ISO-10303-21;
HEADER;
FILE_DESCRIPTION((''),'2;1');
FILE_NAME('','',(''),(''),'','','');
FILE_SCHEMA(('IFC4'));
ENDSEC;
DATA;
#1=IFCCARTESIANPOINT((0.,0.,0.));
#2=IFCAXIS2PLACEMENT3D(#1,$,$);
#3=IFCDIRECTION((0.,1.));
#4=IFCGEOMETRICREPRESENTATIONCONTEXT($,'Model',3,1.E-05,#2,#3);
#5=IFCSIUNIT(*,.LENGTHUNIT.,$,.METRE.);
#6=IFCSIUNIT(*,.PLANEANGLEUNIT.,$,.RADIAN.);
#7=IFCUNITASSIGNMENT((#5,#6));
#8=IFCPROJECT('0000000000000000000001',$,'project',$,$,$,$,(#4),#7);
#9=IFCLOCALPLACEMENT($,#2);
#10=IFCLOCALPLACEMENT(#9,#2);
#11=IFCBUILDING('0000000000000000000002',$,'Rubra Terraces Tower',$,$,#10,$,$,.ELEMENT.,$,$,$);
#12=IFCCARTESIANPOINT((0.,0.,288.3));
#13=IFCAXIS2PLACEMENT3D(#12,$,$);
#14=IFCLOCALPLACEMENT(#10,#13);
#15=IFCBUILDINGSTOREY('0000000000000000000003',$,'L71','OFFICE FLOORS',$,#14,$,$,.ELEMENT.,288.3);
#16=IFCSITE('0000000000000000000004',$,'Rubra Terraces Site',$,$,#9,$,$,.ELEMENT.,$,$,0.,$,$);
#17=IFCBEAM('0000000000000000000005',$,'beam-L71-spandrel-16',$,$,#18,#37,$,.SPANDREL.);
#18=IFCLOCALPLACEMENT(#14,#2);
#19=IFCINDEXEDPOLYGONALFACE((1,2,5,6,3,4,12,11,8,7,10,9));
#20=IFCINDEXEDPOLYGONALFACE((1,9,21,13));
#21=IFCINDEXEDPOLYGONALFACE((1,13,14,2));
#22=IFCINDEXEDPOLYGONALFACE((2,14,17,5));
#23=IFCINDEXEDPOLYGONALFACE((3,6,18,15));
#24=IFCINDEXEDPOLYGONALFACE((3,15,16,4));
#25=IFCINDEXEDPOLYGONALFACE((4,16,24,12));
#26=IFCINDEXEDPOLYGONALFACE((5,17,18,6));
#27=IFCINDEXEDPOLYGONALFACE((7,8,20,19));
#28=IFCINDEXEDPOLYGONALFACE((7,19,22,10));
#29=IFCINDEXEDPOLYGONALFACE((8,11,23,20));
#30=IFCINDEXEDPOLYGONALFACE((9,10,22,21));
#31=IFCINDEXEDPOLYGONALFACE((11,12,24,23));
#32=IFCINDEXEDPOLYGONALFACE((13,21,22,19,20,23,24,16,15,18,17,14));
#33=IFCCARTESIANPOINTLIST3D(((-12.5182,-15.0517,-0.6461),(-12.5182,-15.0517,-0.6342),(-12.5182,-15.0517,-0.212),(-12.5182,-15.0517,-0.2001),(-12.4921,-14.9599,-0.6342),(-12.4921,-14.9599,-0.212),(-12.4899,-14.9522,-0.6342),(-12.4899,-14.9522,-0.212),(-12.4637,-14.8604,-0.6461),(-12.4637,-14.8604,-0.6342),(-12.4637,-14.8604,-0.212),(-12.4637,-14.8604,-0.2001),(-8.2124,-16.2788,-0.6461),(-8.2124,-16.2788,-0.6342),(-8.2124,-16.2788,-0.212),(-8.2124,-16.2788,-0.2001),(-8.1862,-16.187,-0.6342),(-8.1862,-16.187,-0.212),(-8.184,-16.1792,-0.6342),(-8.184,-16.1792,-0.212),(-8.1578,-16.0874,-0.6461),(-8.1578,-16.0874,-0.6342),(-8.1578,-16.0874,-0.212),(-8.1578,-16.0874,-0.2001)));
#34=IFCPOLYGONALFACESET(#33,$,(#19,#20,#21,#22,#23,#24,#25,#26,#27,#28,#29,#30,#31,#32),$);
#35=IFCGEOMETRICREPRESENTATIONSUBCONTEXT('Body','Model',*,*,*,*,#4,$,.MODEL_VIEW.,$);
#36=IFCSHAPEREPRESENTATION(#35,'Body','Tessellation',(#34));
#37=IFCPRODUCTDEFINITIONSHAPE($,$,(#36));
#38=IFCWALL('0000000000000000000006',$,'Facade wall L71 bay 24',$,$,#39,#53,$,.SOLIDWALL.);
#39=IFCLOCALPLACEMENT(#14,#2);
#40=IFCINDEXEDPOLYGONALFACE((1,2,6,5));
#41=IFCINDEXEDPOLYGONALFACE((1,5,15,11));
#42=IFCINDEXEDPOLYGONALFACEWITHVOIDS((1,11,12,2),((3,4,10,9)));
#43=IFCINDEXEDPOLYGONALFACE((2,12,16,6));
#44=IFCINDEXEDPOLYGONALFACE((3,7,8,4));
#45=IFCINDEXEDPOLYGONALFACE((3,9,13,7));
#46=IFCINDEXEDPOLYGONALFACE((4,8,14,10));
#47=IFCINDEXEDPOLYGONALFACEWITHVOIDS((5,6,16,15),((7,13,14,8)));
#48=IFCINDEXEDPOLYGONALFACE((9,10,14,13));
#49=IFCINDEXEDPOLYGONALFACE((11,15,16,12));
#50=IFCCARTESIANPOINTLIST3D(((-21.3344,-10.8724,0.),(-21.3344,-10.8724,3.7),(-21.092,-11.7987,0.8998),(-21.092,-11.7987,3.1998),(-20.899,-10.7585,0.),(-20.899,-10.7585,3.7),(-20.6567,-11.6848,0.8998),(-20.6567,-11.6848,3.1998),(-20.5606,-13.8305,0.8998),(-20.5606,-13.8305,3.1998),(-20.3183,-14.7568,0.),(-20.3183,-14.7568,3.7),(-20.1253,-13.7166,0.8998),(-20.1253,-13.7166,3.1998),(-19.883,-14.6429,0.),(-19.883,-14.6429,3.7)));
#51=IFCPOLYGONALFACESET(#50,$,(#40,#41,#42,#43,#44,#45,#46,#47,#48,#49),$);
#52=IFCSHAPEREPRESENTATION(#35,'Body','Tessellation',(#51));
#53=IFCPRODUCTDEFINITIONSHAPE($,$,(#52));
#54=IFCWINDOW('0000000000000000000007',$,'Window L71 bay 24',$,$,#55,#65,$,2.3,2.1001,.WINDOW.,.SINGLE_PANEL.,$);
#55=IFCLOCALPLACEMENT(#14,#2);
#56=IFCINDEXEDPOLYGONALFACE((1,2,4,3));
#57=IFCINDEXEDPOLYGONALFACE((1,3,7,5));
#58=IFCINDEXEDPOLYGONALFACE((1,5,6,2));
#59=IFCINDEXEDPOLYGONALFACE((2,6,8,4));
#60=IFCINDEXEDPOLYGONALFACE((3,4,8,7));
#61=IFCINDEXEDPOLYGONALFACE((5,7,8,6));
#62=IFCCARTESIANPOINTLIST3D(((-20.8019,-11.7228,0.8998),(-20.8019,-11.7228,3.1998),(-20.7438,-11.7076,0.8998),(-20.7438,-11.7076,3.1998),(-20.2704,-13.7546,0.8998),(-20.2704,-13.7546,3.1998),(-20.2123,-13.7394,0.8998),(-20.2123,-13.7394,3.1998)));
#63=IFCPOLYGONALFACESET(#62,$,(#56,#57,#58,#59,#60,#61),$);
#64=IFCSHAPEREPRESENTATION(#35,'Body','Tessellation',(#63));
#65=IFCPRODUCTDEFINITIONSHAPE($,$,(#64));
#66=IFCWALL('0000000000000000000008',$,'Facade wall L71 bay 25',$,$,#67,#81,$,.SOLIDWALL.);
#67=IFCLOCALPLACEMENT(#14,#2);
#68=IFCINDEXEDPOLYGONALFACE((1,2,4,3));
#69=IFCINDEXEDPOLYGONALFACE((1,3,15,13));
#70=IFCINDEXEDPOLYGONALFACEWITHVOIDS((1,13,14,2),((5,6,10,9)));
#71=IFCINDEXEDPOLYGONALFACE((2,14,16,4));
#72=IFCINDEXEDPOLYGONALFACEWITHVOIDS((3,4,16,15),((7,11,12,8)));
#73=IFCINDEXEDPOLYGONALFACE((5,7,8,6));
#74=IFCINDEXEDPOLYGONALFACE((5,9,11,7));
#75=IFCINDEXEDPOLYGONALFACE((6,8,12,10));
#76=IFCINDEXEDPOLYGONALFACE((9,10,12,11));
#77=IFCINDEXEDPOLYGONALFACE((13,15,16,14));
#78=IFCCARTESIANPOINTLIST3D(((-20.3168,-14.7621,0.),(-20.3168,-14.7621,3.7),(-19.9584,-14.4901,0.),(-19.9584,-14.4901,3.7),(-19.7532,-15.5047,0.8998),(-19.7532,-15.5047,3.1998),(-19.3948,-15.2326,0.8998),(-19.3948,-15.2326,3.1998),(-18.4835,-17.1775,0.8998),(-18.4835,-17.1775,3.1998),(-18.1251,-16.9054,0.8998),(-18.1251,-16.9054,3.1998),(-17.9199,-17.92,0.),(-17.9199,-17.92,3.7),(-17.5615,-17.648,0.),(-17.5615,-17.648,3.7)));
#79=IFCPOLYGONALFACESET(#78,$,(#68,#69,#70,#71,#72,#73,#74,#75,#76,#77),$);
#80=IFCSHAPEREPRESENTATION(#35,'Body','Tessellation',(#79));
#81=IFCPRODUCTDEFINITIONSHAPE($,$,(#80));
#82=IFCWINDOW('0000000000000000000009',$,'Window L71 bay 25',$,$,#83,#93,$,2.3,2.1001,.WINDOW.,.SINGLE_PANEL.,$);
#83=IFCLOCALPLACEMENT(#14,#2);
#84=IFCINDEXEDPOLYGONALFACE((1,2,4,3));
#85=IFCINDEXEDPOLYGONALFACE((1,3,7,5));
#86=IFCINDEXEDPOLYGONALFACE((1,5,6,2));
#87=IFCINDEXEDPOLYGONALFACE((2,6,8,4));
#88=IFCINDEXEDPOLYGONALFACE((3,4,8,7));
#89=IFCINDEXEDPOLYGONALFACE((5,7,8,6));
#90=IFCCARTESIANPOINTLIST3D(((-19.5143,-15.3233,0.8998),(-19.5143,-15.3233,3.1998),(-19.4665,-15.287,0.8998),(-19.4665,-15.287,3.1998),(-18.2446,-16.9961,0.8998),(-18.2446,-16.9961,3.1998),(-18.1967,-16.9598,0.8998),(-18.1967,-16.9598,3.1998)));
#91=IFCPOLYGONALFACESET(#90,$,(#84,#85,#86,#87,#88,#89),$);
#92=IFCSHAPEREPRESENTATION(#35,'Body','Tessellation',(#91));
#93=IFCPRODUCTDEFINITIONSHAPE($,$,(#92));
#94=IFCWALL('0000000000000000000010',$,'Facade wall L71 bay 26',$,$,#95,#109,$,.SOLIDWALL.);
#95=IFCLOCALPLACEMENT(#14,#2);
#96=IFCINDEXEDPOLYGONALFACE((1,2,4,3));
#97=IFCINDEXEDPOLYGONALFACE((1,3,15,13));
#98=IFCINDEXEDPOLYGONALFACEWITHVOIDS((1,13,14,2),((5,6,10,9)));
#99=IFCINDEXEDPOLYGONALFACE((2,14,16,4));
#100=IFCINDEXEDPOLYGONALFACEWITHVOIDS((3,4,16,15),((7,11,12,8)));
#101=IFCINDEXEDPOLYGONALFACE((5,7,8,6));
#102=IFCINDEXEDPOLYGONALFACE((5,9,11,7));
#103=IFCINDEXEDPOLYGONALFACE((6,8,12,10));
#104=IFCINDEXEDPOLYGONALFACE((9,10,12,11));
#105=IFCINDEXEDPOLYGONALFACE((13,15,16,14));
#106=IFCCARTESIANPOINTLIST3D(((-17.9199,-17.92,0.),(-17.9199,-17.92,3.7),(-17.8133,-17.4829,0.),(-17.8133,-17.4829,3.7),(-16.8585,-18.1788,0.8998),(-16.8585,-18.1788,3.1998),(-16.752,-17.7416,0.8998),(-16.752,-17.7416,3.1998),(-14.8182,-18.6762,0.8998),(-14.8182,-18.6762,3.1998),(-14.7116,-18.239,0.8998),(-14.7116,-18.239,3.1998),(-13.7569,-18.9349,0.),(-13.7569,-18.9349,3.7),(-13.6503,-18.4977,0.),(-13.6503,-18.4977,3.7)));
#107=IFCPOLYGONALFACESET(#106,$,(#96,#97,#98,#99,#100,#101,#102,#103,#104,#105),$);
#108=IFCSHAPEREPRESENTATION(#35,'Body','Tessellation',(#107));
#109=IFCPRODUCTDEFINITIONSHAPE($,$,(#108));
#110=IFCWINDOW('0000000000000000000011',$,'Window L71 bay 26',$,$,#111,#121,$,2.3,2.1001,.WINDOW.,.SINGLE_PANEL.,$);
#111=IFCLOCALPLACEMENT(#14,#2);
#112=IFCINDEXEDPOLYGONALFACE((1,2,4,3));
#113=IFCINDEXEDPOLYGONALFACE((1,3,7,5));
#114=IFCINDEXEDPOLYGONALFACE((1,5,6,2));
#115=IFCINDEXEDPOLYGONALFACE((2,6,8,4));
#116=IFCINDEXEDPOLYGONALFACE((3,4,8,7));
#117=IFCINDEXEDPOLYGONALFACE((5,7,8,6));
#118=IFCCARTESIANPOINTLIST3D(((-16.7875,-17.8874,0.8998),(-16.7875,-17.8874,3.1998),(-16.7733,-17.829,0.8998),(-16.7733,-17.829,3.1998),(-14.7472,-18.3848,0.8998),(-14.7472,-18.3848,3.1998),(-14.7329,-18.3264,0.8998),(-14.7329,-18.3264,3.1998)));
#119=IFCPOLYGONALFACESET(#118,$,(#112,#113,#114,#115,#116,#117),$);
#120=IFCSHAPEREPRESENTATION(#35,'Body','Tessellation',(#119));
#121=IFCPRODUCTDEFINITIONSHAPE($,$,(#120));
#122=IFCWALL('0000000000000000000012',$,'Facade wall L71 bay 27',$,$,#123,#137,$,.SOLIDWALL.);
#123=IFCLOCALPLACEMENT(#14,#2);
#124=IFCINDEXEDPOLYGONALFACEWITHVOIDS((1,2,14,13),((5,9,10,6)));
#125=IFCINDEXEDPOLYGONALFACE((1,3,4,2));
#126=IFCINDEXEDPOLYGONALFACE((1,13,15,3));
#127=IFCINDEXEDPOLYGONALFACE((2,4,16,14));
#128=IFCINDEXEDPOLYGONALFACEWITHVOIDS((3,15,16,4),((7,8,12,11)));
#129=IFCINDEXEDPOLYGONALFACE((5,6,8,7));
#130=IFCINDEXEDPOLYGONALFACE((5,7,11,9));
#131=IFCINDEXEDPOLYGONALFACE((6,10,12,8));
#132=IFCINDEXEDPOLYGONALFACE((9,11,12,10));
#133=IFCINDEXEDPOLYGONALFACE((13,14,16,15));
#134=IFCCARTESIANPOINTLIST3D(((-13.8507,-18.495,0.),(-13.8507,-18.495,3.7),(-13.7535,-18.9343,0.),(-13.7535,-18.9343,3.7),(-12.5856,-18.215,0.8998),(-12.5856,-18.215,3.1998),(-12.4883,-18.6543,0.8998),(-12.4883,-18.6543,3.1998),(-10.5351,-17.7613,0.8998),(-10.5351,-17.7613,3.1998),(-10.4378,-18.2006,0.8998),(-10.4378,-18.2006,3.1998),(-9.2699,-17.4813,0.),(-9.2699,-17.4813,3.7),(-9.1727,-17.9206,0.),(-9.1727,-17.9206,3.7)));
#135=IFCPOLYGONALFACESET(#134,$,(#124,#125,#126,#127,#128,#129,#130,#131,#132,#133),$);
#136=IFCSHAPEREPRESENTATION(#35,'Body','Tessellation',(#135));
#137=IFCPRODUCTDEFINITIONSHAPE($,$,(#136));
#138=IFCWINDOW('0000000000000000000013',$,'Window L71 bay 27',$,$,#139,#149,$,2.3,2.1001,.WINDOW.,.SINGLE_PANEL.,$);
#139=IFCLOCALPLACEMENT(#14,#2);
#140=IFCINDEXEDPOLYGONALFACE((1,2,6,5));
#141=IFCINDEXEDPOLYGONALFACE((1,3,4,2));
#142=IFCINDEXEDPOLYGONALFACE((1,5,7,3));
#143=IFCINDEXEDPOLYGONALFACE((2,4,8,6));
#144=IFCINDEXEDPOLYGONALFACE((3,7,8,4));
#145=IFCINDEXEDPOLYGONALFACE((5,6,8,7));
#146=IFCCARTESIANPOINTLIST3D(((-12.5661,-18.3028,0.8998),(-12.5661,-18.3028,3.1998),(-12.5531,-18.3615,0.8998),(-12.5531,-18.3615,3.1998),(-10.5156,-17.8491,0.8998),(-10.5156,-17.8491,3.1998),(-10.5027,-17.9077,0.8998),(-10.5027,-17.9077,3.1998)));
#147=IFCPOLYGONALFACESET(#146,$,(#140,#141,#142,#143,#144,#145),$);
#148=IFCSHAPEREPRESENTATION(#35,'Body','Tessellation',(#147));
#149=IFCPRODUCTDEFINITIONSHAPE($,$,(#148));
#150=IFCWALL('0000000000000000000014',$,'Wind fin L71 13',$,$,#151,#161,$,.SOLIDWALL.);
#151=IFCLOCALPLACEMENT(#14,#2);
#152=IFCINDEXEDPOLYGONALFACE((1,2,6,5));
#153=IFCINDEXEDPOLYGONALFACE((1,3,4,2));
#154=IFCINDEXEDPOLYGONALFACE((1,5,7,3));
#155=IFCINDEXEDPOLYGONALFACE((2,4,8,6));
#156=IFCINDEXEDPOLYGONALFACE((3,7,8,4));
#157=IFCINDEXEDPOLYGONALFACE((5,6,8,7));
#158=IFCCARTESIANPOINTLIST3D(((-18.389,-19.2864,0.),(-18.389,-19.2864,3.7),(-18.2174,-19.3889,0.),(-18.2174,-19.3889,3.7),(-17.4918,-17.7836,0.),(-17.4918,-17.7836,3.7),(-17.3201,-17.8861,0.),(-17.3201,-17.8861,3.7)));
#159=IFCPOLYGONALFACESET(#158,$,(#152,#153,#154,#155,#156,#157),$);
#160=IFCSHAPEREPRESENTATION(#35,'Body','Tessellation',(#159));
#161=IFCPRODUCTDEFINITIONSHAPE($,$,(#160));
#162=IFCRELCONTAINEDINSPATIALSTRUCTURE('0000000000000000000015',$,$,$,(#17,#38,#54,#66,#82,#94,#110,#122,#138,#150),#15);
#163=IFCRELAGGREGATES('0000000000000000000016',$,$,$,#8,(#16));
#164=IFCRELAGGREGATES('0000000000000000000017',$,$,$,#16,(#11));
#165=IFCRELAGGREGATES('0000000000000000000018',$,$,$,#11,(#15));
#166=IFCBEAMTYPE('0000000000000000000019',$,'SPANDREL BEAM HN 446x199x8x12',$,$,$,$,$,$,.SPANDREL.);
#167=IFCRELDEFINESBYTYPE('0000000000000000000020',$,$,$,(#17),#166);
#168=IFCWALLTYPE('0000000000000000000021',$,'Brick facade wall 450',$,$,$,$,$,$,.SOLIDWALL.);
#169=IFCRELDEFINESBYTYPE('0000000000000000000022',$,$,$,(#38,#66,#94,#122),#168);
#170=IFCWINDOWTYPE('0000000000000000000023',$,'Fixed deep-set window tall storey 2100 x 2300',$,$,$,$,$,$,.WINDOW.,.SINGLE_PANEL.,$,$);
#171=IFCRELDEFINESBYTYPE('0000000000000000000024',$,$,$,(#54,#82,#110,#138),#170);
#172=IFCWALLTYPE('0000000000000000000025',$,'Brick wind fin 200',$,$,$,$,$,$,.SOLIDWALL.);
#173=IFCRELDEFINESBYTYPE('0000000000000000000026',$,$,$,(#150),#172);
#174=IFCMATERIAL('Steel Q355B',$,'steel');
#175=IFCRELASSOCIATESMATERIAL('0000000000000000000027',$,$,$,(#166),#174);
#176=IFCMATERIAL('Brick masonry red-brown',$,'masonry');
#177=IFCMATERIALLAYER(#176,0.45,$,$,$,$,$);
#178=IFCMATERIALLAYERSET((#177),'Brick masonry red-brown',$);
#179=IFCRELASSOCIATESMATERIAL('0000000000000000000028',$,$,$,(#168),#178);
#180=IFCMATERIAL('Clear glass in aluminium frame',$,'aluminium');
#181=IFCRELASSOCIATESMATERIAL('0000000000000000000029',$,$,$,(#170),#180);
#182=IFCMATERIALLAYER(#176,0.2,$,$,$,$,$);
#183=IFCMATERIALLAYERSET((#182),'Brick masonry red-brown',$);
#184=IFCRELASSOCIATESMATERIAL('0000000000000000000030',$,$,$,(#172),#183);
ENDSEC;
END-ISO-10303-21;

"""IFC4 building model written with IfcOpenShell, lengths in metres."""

from ifc_helpers import new_model, si_unit, direction, frame, frame_2d, origin, origin_2d, place, context, subcontext, project, spatial, rectangle, i_section, extrude, material, layer, layer_set, material_profile, profile_set, type_object, element, fill, save


model = new_model("IFC4")

# Units and contexts
model_context = context("Model", 3, precision=1e-05, world=origin(), true_north=direction((0.0, 1.0)))
body_context = subcontext(model_context, "Body", "Model", "MODEL_VIEW")
ifc_project = project(units=[si_unit("LENGTHUNIT", "METRE"), si_unit("PLANEANGLEUNIT", "RADIAN")], contexts=[model_context])

# Site, building, storey
site_placement = place(None, origin())
site = spatial("IfcSite", under=ifc_project, at=site_placement, Name="Rubra Terraces Site", CompositionType="ELEMENT", RefElevation=0.0)
building_placement = place(site_placement, origin())
building = spatial("IfcBuilding", under=site, at=building_placement, Name="Rubra Terraces Tower", CompositionType="ELEMENT")
storey_placement = place(building_placement, frame((0.0, 0.0, 288.3)))
storey = spatial("IfcBuildingStorey", under=building, at=storey_placement, Name="L71", Description="OFFICE FLOORS", CompositionType="ELEMENT", Elevation=288.3)

# Beam
ifc_material_1 = material(Name="Steel Q355B", Category="steel")
ifc_material_profile_1 = material_profile(ifc_material_1, i_section(OverallWidth=0.199, OverallDepth=0.446, WebThickness=0.0081, FlangeThickness=0.012, at=origin_2d()), Name="HN 446x199x8x12")
ifc_profile_set_1 = profile_set([ifc_material_profile_1], Name="Steel Q355B")
beam_type_1 = type_object("IfcBeamType", Name="SPANDREL BEAM HN 446x199x8x12", PredefinedType="SPANDREL", material=ifc_profile_set_1)
beam_1_placement = place(storey_placement, frame((-12.491, -14.9561, -0.4231), z_axis=(0.961713, -0.274058, 0.0), x_axis=(0.274058, 0.961713, 0.0)))
element("IfcBeam", 1, at=beam_1_placement, inside=storey, type_object=beam_type_1, Name="beam-L71-spandrel-16", PredefinedType="SPANDREL", context=body_context, shape_type="SweptSolid", body=[
    extrude(i_section(OverallWidth=0.199, OverallDepth=0.446, WebThickness=0.0081, FlangeThickness=0.012, at=origin_2d()), origin(), (0.0, 0.0, 1.0), 4.4773),
])

# Walls, openings, windows
ifc_material_2 = material(Name="Brick masonry red-brown", Category="masonry")
ifc_layer_1 = layer(ifc_material_2, 0.45)
ifc_layer_set_1 = layer_set([ifc_layer_1], Name="Brick masonry red-brown")
wall_type_1 = type_object("IfcWallType", Name="Brick facade wall 450", PredefinedType="SOLIDWALL", material=ifc_layer_set_1)
wall_1_placement = place(storey_placement, frame((-21.1167, -10.8154, 0.0), z_axis=(0.0, 0.0, 1.0), x_axis=(0.253065, -0.967449, 0.0)))
wall_1 = element("IfcWall", 2, at=wall_1_placement, inside=storey, type_object=wall_type_1, Name="Facade wall L71 bay 24", PredefinedType="SOLIDWALL", context=body_context, shape_type="SweptSolid", body=[
    extrude(rectangle(XDim=4.0151, YDim=0.45, at=frame_2d((2.0076, 0.0))), origin(), (0.0, 0.0, 1.0), 3.7),
])
opening_1_placement = place(wall_1_placement, frame((0.9575, 0.0, 0.8999)))
opening_1 = element("IfcOpeningElement", 3, at=opening_1_placement, cuts=wall_1, PredefinedType="OPENING", context=body_context, shape_type="SweptSolid", body=[
    extrude(rectangle(XDim=2.1001, YDim=2.3, at=frame_2d((1.05, 1.1499))), frame((0.0, 0.2349, 0.0), z_axis=(0.0, -1.0, 0.0), x_axis=(1.0, 0.0, 0.0)), (0.0, 0.0, 1.0), 0.47),
])
ifc_material_3 = material(Name="Clear glass in aluminium frame", Category="aluminium")
window_type = type_object("IfcWindowType", Name="Fixed deep-set window tall storey 2100 x 2300", PartitioningType="SINGLE_PANEL", PredefinedType="WINDOW", material=ifc_material_3)
window_1_placement = place(opening_1_placement, origin())
window_1 = element("IfcWindow", 4, at=window_1_placement, inside=storey, type_object=window_type, Name="Window L71 bay 24", OverallHeight=2.3, OverallWidth=2.1001, PartitioningType="SINGLE_PANEL", PredefinedType="WINDOW", context=body_context, shape_type="SweptSolid", body=[
    extrude(rectangle(XDim=2.1001, YDim=2.3, at=frame_2d((1.05, 1.1499))), frame((0.0, 0.135, 0.0), z_axis=(0.0, -1.0, 0.0), x_axis=(1.0, 0.0, 0.0)), (0.0, 0.0, 1.0), 0.0601),
])
fill(opening_1, window_1)
wall_2_placement = place(storey_placement, frame((-20.1377, -14.626, 0.0), z_axis=(0.0, 0.0, 1.0), x_axis=(0.604591, -0.796536, 0.0)))
wall_2 = element("IfcWall", 5, at=wall_2_placement, inside=storey, type_object=wall_type_1, Name="Facade wall L71 bay 25", PredefinedType="SOLIDWALL", context=body_context, shape_type="SweptSolid", body=[
    extrude(rectangle(XDim=3.9646, YDim=0.45, at=frame_2d((1.9824, 0.0))), origin(), (0.0, 0.0, 1.0), 3.7),
])
opening_2_placement = place(wall_2_placement, frame((0.9324, 0.0, 0.8999)))
opening_2 = element("IfcOpeningElement", 6, at=opening_2_placement, cuts=wall_2, PredefinedType="OPENING", context=body_context, shape_type="SweptSolid", body=[
    extrude(rectangle(XDim=2.1001, YDim=2.3, at=frame_2d((1.05, 1.1499))), frame((0.0, 0.2349, 0.0), z_axis=(0.0, -1.0, 0.0), x_axis=(1.0, 0.0, 0.0)), (0.0, 0.0, 1.0), 0.47),
])
window_2_placement = place(opening_2_placement, origin())
window_2 = element("IfcWindow", 7, at=window_2_placement, inside=storey, type_object=window_type, Name="Window L71 bay 25", OverallHeight=2.3, OverallWidth=2.1001, PartitioningType="SINGLE_PANEL", PredefinedType="WINDOW", context=body_context, shape_type="SweptSolid", body=[
    extrude(rectangle(XDim=2.1001, YDim=2.3, at=frame_2d((1.05, 1.1499))), frame((0.0, 0.135, 0.0), z_axis=(0.0, -1.0, 0.0), x_axis=(1.0, 0.0, 0.0)), (0.0, 0.0, 1.0), 0.0601),
])
fill(opening_2, window_2)
wall_3_placement = place(storey_placement, frame((-17.8667, -17.7014, 0.0), z_axis=(0.0, 0.0, 1.0), x_axis=(0.971547, -0.236847, 0.0)))
wall_3 = element("IfcWall", 8, at=wall_3_placement, inside=storey, type_object=wall_type_1, Name="Facade wall L71 bay 26", PredefinedType="SOLIDWALL", context=body_context, shape_type="SweptSolid", body=[
    extrude(rectangle(XDim=4.2849, YDim=0.45, at=frame_2d((2.1426, 0.0))), origin(), (0.0, 0.0, 1.0), 3.7),
])
opening_3_placement = place(wall_3_placement, frame((1.0925, 0.0, 0.8999)))
opening_3 = element("IfcOpeningElement", 9, at=opening_3_placement, cuts=wall_3, PredefinedType="OPENING", context=body_context, shape_type="SweptSolid", body=[
    extrude(rectangle(XDim=2.1001, YDim=2.3, at=frame_2d((1.05, 1.1499))), frame((0.0, 0.2349, 0.0), z_axis=(0.0, -1.0, 0.0), x_axis=(1.0, 0.0, 0.0)), (0.0, 0.0, 1.0), 0.47),
])
window_3_placement = place(opening_3_placement, origin())
window_3 = element("IfcWindow", 10, at=window_3_placement, inside=storey, type_object=window_type, Name="Window L71 bay 26", OverallHeight=2.3, OverallWidth=2.1001, PartitioningType="SINGLE_PANEL", PredefinedType="WINDOW", context=body_context, shape_type="SweptSolid", body=[
    extrude(rectangle(XDim=2.1001, YDim=2.3, at=frame_2d((1.05, 1.1499))), frame((0.0, 0.135, 0.0), z_axis=(0.0, -1.0, 0.0), x_axis=(1.0, 0.0, 0.0)), (0.0, 0.0, 1.0), 0.0601),
])
fill(opening_3, window_3)
wall_4_placement = place(storey_placement, frame((-13.802, -18.7146, 0.0), z_axis=(0.0, 0.0, 1.0), x_axis=(0.97638, 0.21606, 0.0)))
wall_4 = element("IfcWall", 11, at=wall_4_placement, inside=storey, type_object=wall_type_1, Name="Facade wall L71 bay 27", PredefinedType="SOLIDWALL", context=body_context, shape_type="SweptSolid", body=[
    extrude(rectangle(XDim=4.6917, YDim=0.45, at=frame_2d((2.3457, 0.0))), origin(), (0.0, 0.0, 1.0), 3.7),
])
opening_4_placement = place(wall_4_placement, frame((1.2957, 0.0, 0.8999)))
opening_4 = element("IfcOpeningElement", 12, at=opening_4_placement, cuts=wall_4, PredefinedType="OPENING", context=body_context, shape_type="SweptSolid", body=[
    extrude(rectangle(XDim=2.1001, YDim=2.3, at=frame_2d((1.05, 1.1499))), frame((0.0, 0.2349, 0.0), z_axis=(0.0, -1.0, 0.0), x_axis=(1.0, 0.0, 0.0)), (0.0, 0.0, 1.0), 0.47),
])
window_4_placement = place(opening_4_placement, origin())
window_4 = element("IfcWindow", 13, at=window_4_placement, inside=storey, type_object=window_type, Name="Window L71 bay 27", OverallHeight=2.3, OverallWidth=2.1001, PartitioningType="SINGLE_PANEL", PredefinedType="WINDOW", context=body_context, shape_type="SweptSolid", body=[
    extrude(rectangle(XDim=2.1001, YDim=2.3, at=frame_2d((1.05, 1.1499))), frame((0.0, 0.135, 0.0), z_axis=(0.0, -1.0, 0.0), x_axis=(1.0, 0.0, 0.0)), (0.0, 0.0, 1.0), 0.0601),
])
fill(opening_4, window_4)

# Wall
ifc_layer_2 = layer(ifc_material_2, 0.2)
ifc_layer_set_2 = layer_set([ifc_layer_2], Name="Brick masonry red-brown")
wall_type_2 = type_object("IfcWallType", Name="Brick wind fin 200", PredefinedType="SOLIDWALL", material=ifc_layer_set_2)
wall_5_placement = place(storey_placement, frame((-17.406, -17.835, 0.0), z_axis=(0.0, 0.0, 1.0), x_axis=(-0.512648, -0.858599, 0.0)))
element("IfcWall", 14, at=wall_5_placement, inside=storey, type_object=wall_type_2, Name="Wind fin L71 13", PredefinedType="SOLIDWALL", context=body_context, shape_type="SweptSolid", body=[
    extrude(rectangle(XDim=1.7502, YDim=0.2, at=frame_2d((0.875, 0.0))), origin(), (0.0, 0.0, 1.0), 3.7),
])

save(model, "model.ifc")
